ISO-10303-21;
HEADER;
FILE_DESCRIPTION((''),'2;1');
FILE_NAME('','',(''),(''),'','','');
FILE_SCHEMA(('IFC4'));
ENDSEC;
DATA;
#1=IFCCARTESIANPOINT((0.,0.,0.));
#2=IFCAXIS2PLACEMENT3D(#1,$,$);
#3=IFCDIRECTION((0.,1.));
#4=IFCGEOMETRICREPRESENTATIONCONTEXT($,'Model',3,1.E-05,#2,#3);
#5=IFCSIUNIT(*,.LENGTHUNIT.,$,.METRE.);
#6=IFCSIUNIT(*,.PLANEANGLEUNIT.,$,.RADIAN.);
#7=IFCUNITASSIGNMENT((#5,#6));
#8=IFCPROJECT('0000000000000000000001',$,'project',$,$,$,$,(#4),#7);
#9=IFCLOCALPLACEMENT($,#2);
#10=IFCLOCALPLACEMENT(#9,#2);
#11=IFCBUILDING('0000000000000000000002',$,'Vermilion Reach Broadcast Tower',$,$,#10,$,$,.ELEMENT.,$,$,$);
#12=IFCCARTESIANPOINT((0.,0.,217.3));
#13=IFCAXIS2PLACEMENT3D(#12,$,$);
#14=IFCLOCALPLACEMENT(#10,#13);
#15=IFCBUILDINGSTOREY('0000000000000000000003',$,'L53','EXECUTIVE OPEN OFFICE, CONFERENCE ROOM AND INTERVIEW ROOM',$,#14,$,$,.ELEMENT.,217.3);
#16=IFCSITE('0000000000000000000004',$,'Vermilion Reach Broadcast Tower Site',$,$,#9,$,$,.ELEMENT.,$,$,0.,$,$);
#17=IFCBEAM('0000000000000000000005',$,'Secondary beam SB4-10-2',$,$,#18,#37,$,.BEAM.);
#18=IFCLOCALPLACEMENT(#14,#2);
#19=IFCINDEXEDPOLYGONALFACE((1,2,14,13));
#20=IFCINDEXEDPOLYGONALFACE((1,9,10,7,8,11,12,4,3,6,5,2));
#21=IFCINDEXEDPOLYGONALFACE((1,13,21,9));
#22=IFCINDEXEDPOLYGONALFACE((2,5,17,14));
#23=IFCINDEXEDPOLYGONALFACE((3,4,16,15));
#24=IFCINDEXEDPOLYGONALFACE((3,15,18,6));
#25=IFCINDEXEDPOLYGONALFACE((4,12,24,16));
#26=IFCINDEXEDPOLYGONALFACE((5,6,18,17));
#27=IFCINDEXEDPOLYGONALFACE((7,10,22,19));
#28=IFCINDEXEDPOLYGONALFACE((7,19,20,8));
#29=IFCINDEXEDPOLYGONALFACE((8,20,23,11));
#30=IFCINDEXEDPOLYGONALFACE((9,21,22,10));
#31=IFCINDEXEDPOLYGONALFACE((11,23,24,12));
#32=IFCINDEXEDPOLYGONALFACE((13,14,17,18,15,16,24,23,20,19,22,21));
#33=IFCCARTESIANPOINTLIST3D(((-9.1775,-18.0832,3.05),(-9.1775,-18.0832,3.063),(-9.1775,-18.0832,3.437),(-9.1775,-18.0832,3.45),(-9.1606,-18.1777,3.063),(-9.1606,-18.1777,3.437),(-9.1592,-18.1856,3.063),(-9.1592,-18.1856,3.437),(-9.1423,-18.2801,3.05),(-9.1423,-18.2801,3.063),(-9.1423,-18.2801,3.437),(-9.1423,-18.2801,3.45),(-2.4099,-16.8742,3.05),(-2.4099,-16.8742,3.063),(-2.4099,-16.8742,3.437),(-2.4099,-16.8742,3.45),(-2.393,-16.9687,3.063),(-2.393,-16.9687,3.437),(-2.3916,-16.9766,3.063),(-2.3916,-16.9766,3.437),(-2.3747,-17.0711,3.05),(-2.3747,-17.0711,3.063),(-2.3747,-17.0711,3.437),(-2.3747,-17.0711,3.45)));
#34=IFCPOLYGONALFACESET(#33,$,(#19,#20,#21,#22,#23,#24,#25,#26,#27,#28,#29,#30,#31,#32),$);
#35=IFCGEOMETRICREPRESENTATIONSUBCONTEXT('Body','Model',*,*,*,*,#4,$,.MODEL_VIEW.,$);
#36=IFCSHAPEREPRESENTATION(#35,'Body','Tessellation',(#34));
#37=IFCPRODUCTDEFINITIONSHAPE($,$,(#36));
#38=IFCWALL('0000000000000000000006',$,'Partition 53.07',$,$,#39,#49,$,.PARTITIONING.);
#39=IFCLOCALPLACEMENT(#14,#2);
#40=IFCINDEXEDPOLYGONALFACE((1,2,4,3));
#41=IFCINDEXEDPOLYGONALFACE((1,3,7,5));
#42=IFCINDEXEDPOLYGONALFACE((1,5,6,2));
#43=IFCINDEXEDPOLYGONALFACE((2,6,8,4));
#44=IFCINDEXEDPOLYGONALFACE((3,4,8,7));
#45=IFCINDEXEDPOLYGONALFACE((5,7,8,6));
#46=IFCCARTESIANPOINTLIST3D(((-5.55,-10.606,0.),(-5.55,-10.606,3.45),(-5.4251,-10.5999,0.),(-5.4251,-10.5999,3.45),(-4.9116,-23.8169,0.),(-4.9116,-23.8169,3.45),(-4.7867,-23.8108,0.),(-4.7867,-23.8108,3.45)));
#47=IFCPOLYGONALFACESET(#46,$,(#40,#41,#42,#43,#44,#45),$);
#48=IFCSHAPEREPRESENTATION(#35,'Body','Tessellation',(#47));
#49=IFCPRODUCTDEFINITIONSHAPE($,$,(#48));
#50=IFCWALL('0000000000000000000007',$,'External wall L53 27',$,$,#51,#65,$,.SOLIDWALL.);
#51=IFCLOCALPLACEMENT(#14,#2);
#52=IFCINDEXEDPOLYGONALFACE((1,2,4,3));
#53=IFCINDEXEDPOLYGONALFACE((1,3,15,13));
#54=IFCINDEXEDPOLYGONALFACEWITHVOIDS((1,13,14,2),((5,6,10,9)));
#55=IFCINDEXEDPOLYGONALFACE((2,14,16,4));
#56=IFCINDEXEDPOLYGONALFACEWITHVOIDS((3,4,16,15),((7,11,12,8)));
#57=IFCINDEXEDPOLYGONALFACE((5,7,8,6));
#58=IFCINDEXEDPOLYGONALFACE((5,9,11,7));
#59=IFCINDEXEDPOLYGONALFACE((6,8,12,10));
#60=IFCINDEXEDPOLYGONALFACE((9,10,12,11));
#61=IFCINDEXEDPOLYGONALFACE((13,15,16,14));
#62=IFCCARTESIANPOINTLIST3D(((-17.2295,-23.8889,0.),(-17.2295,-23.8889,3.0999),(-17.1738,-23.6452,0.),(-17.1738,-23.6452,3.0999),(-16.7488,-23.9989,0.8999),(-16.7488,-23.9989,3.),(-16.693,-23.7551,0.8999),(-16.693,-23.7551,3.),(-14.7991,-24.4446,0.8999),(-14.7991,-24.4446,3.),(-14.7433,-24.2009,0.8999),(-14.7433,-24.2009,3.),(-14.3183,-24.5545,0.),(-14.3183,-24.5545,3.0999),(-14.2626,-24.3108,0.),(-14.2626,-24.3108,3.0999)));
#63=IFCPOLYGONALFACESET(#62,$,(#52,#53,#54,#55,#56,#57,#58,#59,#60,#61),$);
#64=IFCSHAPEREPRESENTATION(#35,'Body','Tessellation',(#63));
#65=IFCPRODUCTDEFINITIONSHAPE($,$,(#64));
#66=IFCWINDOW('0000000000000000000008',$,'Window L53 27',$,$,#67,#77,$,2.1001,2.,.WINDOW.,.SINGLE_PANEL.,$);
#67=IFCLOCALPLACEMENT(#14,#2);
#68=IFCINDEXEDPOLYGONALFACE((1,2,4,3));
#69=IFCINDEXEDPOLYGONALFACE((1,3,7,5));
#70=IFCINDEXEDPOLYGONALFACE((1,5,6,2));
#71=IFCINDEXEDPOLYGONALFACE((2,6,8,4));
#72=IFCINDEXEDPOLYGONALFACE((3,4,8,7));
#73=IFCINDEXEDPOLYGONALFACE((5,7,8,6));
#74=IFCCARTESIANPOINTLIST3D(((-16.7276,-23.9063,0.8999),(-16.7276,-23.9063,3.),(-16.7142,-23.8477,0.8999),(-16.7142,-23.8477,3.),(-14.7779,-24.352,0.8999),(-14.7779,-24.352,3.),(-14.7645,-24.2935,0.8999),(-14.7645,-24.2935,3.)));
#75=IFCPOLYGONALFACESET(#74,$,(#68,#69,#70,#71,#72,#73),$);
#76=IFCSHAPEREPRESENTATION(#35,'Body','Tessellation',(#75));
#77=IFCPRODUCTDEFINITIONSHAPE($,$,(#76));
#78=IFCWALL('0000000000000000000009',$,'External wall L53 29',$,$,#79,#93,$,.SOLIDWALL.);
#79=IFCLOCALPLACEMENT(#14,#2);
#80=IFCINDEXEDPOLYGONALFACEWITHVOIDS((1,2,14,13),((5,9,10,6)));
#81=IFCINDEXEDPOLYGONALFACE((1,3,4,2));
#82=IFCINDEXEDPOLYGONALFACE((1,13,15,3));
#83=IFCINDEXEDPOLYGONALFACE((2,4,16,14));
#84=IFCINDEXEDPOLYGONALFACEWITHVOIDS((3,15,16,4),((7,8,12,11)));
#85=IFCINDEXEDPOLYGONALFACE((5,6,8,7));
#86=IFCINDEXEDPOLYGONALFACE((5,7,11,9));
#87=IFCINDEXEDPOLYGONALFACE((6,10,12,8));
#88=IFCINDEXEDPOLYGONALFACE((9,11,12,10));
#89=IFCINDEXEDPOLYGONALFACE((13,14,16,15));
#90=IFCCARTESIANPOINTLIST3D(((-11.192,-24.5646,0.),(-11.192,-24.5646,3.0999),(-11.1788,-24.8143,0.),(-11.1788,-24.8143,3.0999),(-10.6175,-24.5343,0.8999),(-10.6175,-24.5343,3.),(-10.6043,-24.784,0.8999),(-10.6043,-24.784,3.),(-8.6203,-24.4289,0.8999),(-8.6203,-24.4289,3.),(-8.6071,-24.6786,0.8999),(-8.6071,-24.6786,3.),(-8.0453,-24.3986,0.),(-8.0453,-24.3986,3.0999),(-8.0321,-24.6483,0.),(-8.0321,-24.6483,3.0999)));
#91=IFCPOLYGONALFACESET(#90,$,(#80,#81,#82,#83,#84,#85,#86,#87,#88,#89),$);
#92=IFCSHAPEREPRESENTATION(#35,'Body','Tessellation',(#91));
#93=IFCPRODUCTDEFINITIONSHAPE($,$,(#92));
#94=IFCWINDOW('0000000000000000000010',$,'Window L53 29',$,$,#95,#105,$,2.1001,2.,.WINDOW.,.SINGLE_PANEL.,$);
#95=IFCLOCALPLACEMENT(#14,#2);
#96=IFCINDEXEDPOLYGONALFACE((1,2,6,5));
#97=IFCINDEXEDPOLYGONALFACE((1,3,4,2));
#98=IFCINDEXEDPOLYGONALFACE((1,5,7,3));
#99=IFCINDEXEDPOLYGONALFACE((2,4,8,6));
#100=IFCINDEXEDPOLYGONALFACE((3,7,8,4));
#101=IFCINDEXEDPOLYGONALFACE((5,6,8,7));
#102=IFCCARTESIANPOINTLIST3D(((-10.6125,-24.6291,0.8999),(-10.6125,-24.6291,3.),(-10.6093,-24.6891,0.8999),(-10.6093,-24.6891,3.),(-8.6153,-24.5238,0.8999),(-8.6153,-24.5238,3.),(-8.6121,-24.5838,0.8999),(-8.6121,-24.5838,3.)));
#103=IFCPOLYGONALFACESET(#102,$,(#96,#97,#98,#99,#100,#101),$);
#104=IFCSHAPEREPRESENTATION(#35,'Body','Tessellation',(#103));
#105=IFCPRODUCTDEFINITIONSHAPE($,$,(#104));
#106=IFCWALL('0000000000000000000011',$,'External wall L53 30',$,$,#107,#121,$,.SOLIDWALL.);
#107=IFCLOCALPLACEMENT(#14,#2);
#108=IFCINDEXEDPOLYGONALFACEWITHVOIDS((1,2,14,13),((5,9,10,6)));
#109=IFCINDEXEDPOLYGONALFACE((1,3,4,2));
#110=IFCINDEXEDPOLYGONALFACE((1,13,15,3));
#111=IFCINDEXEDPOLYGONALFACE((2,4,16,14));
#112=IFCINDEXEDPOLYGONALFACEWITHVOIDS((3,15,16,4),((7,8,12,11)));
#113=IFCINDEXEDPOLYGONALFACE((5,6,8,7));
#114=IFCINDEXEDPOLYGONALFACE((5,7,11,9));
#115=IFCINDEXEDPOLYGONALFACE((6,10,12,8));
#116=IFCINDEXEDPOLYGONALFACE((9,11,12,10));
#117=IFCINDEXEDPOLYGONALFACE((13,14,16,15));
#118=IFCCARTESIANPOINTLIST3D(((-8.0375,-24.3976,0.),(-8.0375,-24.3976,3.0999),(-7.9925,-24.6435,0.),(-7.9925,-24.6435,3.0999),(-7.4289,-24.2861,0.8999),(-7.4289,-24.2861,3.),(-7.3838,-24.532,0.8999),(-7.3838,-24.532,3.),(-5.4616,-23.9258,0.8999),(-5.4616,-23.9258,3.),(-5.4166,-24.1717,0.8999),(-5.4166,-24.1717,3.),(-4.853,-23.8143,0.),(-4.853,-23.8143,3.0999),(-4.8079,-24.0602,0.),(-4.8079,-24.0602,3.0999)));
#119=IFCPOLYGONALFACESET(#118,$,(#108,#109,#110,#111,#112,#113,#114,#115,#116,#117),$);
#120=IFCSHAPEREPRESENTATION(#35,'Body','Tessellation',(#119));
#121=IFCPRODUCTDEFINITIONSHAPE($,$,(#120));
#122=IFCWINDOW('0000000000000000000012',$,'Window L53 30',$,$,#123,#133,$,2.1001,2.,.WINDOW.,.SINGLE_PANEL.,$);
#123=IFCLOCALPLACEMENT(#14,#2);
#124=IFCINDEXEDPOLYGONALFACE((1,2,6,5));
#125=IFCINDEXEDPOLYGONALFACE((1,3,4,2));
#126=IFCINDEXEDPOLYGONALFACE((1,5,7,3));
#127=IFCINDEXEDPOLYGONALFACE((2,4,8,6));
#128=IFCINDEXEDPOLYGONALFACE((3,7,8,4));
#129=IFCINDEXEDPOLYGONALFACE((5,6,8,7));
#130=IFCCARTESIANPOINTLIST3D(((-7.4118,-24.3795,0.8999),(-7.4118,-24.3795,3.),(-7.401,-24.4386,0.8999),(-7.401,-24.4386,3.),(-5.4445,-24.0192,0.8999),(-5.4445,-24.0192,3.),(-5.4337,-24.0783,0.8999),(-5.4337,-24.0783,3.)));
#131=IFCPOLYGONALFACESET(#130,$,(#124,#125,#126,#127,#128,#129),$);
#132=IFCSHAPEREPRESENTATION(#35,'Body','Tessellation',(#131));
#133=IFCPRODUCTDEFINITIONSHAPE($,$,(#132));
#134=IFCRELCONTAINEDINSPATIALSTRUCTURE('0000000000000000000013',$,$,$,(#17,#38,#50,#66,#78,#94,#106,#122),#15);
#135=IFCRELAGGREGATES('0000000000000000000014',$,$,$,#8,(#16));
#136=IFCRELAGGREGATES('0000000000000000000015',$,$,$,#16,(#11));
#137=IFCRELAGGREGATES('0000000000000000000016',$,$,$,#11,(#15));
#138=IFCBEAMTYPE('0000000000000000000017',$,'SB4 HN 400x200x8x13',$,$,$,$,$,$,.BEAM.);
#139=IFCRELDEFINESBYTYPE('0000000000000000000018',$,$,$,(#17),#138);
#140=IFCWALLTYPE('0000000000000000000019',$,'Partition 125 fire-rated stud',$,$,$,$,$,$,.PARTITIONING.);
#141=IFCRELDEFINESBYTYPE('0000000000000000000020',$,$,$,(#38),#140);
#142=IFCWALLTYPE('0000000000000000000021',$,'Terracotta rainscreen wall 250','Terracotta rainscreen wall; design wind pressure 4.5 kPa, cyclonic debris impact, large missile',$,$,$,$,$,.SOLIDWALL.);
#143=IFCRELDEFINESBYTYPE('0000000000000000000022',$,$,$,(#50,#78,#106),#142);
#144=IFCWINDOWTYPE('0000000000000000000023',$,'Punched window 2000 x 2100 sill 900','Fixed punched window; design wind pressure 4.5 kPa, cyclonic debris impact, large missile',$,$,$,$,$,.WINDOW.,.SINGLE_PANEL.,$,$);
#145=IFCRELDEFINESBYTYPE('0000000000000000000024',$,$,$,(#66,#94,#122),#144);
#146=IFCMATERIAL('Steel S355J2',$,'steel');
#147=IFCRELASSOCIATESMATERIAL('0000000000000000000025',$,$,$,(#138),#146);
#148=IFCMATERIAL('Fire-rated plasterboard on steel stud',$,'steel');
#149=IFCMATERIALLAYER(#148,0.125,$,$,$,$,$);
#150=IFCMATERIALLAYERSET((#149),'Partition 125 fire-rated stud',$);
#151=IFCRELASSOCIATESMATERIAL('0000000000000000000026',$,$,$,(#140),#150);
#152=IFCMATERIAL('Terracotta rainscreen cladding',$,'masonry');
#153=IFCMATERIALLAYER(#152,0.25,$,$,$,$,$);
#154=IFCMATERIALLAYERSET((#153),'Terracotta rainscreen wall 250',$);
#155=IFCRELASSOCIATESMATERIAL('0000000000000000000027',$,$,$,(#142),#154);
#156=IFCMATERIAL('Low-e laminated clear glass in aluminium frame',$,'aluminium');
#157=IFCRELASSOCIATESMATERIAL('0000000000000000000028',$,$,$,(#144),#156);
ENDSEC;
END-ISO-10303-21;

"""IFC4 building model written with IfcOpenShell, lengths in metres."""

from ifc_helpers import new_model, si_unit, direction, frame, frame_2d, origin, origin_2d, place, context, subcontext, project, spatial, rectangle, i_section, extrude, material, layer, layer_set, material_profile, profile_set, type_object, element, fill, save


model = new_model("IFC4")

# Units and contexts
model_context = context("Model", 3, precision=1e-05, world=origin(), true_north=direction((0.0, 1.0)))
body_context = subcontext(model_context, "Body", "Model", "MODEL_VIEW")
ifc_project = project(units=[si_unit("LENGTHUNIT", "METRE"), si_unit("PLANEANGLEUNIT", "RADIAN")], contexts=[model_context])

# Site, building, storey
site_placement = place(None, origin())
site = spatial("IfcSite", under=ifc_project, at=site_placement, Name="Vermilion Reach Broadcast Tower Site", CompositionType="ELEMENT", RefElevation=0.0)
building_placement = place(site_placement, origin())
building = spatial("IfcBuilding", under=site, at=building_placement, Name="Vermilion Reach Broadcast Tower", CompositionType="ELEMENT")
storey_placement = place(building_placement, frame((0.0, 0.0, 217.3)))
storey = spatial("IfcBuildingStorey", under=building, at=storey_placement, Name="L53", Description="EXECUTIVE OPEN OFFICE, CONFERENCE ROOM AND INTERVIEW ROOM", CompositionType="ELEMENT", Elevation=217.3)

# Beam
ifc_material_1 = material(Name="Steel S355J2", Category="steel")
ifc_material_profile_1 = material_profile(ifc_material_1, i_section(OverallWidth=0.2, OverallDepth=0.3999, WebThickness=0.0081, FlangeThickness=0.0129, at=origin_2d()), Name="S355J2 HN 400x200x8x13")
ifc_profile_set_1 = profile_set([ifc_material_profile_1], Name="Steel S355J2")
beam_type_1 = type_object("IfcBeamType", Name="SB4 HN 400x200x8x13", PredefinedType="BEAM", material=ifc_profile_set_1)
beam_1_placement = place(storey_placement, frame((-9.1599, -18.1816, 3.25), z_axis=(0.984415, 0.175859, 0.0), x_axis=(-0.175859, 0.984415, 0.0)))
element("IfcBeam", 1, at=beam_1_placement, inside=storey, type_object=beam_type_1, Name="Secondary beam SB4-10-2", PredefinedType="BEAM", context=body_context, shape_type="SweptSolid", body=[
    extrude(i_section(OverallWidth=0.2, OverallDepth=0.3999, WebThickness=0.0081, FlangeThickness=0.0129, at=origin_2d()), origin(), (0.0, 0.0, 1.0), 6.8748),
])

# Wall
ifc_material_2 = material(Name="Fire-rated plasterboard on steel stud", Category="steel")
ifc_layer_1 = layer(ifc_material_2, 0.125)
ifc_layer_set_1 = layer_set([ifc_layer_1], Name="Partition 125 fire-rated stud")
wall_type_1 = type_object("IfcWallType", Name="Partition 125 fire-rated stud", PredefinedType="PARTITIONING", material=ifc_layer_set_1)
wall_1_placement = place(storey_placement, frame((-4.8491, -23.814, 0.0), z_axis=(0.0, 0.0, 1.0), x_axis=(-0.048269, 0.998834, 0.0)))
element("IfcWall", 2, at=wall_1_placement, inside=storey, type_object=wall_type_1, Name="Partition 53.07", PredefinedType="PARTITIONING", context=body_context, shape_type="SweptSolid", body=[
    extrude(rectangle(XDim=13.2263, YDim=0.125, at=frame_2d((6.6133, 0.0))), origin(), (0.0, 0.0, 1.0), 3.45),
])

# Wall, opening, window
ifc_material_3 = material(Name="Terracotta rainscreen cladding", Category="masonry")
ifc_layer_2 = layer(ifc_material_3, 0.25)
ifc_layer_set_2 = layer_set([ifc_layer_2], Name="Terracotta rainscreen wall 250")
wall_type_2 = type_object("IfcWallType", Name="Terracotta rainscreen wall 250", Description="Terracotta rainscreen wall; design wind pressure 4.5 kPa, cyclonic debris impact, large missile", PredefinedType="SOLIDWALL", material=ifc_layer_set_2)
wall_2_placement = place(storey_placement, frame((-17.2017, -23.7671, 0.0), z_axis=(0.0, 0.0, 1.0), x_axis=(0.974849, -0.222865, 0.0)))
wall_2 = element("IfcWall", 3, at=wall_2_placement, inside=storey, type_object=wall_type_2, Name="External wall L53 27", PredefinedType="SOLIDWALL", context=body_context, shape_type="SweptSolid", body=[
    extrude(rectangle(XDim=2.9863, YDim=0.25, at=frame_2d((1.4932, 0.0))), origin(), (0.0, 0.0, 1.0), 3.0999),
])
opening_1_placement = place(wall_2_placement, frame((0.4932, 0.0, 0.8999)))
opening_1 = element("IfcOpeningElement", 4, at=opening_1_placement, cuts=wall_2, PredefinedType="OPENING", context=body_context, shape_type="SweptSolid", body=[
    extrude(rectangle(XDim=2.0, YDim=2.1001, at=frame_2d((1.0, 1.05))), frame((0.0, 0.135, 0.0), z_axis=(0.0, -1.0, 0.0), x_axis=(1.0, 0.0, 0.0)), (0.0, 0.0, 1.0), 0.27),
])
ifc_material_4 = material(Name="Low-e laminated clear glass in aluminium frame", Category="aluminium")
window_type = type_object("IfcWindowType", Name="Punched window 2000 x 2100 sill 900", Description="Fixed punched window; design wind pressure 4.5 kPa, cyclonic debris impact, large missile", PartitioningType="SINGLE_PANEL", PredefinedType="WINDOW", material=ifc_material_4)
window_1_placement = place(opening_1_placement, origin())
window_1 = element("IfcWindow", 5, at=window_1_placement, inside=storey, type_object=window_type, Name="Window L53 27", OverallHeight=2.1001, OverallWidth=2.0, PartitioningType="SINGLE_PANEL", PredefinedType="WINDOW", context=body_context, shape_type="SweptSolid", body=[
    extrude(rectangle(XDim=2.0, YDim=2.1001, at=frame_2d((1.0, 1.05))), frame((0.0, 0.03, 0.0), z_axis=(0.0, -1.0, 0.0), x_axis=(1.0, 0.0, 0.0)), (0.0, 0.0, 1.0), 0.0601),
])
fill(opening_1, window_1)

# Walls, openings, windows
wall_3_placement = place(storey_placement, frame((-11.1855, -24.6895, 0.0), z_axis=(0.0, 0.0, 1.0), x_axis=(0.998611, 0.052685, 0.0)))
wall_3 = element("IfcWall", 6, at=wall_3_placement, inside=storey, type_object=wall_type_2, Name="External wall L53 29", PredefinedType="SOLIDWALL", context=body_context, shape_type="SweptSolid", body=[
    extrude(rectangle(XDim=3.1511, YDim=0.25, at=frame_2d((1.5757, 0.0))), origin(), (0.0, 0.0, 1.0), 3.0999),
])
opening_2_placement = place(wall_3_placement, frame((0.5754, 0.0, 0.8999)))
opening_2 = element("IfcOpeningElement", 7, at=opening_2_placement, cuts=wall_3, PredefinedType="OPENING", context=body_context, shape_type="SweptSolid", body=[
    extrude(rectangle(XDim=2.0, YDim=2.1001, at=frame_2d((1.0, 1.05))), frame((0.0, 0.135, 0.0), z_axis=(0.0, -1.0, 0.0), x_axis=(1.0, 0.0, 0.0)), (0.0, 0.0, 1.0), 0.27),
])
window_2_placement = place(opening_2_placement, origin())
window_2 = element("IfcWindow", 8, at=window_2_placement, inside=storey, type_object=window_type, Name="Window L53 29", OverallHeight=2.1001, OverallWidth=2.0, PartitioningType="SINGLE_PANEL", PredefinedType="WINDOW", context=body_context, shape_type="SweptSolid", body=[
    extrude(rectangle(XDim=2.0, YDim=2.1001, at=frame_2d((1.0, 1.05))), frame((0.0, 0.03, 0.0), z_axis=(0.0, -1.0, 0.0), x_axis=(1.0, 0.0, 0.0)), (0.0, 0.0, 1.0), 0.0601),
])
fill(opening_2, window_2)
wall_4_placement = place(storey_placement, frame((-8.0149, -24.5205, 0.0), z_axis=(0.0, 0.0, 1.0), x_axis=(0.983639, 0.180153, 0.0)))
wall_4 = element("IfcWall", 9, at=wall_4_placement, inside=storey, type_object=wall_type_2, Name="External wall L53 30", PredefinedType="SOLIDWALL", context=body_context, shape_type="SweptSolid", body=[
    extrude(rectangle(XDim=3.2375, YDim=0.25, at=frame_2d((1.6187, 0.0))), origin(), (0.0, 0.0, 1.0), 3.0999),
])
opening_3_placement = place(wall_4_placement, frame((0.6187, 0.0, 0.8999)))
opening_3 = element("IfcOpeningElement", 10, at=opening_3_placement, cuts=wall_4, PredefinedType="OPENING", context=body_context, shape_type="SweptSolid", body=[
    extrude(rectangle(XDim=2.0, YDim=2.1001, at=frame_2d((1.0, 1.05))), frame((0.0, 0.135, 0.0), z_axis=(0.0, -1.0, 0.0), x_axis=(1.0, 0.0, 0.0)), (0.0, 0.0, 1.0), 0.27),
])
window_3_placement = place(opening_3_placement, origin())
window_3 = element("IfcWindow", 11, at=window_3_placement, inside=storey, type_object=window_type, Name="Window L53 30", OverallHeight=2.1001, OverallWidth=2.0, PartitioningType="SINGLE_PANEL", PredefinedType="WINDOW", context=body_context, shape_type="SweptSolid", body=[
    extrude(rectangle(XDim=2.0, YDim=2.1001, at=frame_2d((1.0, 1.05))), frame((0.0, 0.03, 0.0), z_axis=(0.0, -1.0, 0.0), x_axis=(1.0, 0.0, 0.0)), (0.0, 0.0, 1.0), 0.0601),
])
fill(opening_3, window_3)

save(model, "model.ifc")
